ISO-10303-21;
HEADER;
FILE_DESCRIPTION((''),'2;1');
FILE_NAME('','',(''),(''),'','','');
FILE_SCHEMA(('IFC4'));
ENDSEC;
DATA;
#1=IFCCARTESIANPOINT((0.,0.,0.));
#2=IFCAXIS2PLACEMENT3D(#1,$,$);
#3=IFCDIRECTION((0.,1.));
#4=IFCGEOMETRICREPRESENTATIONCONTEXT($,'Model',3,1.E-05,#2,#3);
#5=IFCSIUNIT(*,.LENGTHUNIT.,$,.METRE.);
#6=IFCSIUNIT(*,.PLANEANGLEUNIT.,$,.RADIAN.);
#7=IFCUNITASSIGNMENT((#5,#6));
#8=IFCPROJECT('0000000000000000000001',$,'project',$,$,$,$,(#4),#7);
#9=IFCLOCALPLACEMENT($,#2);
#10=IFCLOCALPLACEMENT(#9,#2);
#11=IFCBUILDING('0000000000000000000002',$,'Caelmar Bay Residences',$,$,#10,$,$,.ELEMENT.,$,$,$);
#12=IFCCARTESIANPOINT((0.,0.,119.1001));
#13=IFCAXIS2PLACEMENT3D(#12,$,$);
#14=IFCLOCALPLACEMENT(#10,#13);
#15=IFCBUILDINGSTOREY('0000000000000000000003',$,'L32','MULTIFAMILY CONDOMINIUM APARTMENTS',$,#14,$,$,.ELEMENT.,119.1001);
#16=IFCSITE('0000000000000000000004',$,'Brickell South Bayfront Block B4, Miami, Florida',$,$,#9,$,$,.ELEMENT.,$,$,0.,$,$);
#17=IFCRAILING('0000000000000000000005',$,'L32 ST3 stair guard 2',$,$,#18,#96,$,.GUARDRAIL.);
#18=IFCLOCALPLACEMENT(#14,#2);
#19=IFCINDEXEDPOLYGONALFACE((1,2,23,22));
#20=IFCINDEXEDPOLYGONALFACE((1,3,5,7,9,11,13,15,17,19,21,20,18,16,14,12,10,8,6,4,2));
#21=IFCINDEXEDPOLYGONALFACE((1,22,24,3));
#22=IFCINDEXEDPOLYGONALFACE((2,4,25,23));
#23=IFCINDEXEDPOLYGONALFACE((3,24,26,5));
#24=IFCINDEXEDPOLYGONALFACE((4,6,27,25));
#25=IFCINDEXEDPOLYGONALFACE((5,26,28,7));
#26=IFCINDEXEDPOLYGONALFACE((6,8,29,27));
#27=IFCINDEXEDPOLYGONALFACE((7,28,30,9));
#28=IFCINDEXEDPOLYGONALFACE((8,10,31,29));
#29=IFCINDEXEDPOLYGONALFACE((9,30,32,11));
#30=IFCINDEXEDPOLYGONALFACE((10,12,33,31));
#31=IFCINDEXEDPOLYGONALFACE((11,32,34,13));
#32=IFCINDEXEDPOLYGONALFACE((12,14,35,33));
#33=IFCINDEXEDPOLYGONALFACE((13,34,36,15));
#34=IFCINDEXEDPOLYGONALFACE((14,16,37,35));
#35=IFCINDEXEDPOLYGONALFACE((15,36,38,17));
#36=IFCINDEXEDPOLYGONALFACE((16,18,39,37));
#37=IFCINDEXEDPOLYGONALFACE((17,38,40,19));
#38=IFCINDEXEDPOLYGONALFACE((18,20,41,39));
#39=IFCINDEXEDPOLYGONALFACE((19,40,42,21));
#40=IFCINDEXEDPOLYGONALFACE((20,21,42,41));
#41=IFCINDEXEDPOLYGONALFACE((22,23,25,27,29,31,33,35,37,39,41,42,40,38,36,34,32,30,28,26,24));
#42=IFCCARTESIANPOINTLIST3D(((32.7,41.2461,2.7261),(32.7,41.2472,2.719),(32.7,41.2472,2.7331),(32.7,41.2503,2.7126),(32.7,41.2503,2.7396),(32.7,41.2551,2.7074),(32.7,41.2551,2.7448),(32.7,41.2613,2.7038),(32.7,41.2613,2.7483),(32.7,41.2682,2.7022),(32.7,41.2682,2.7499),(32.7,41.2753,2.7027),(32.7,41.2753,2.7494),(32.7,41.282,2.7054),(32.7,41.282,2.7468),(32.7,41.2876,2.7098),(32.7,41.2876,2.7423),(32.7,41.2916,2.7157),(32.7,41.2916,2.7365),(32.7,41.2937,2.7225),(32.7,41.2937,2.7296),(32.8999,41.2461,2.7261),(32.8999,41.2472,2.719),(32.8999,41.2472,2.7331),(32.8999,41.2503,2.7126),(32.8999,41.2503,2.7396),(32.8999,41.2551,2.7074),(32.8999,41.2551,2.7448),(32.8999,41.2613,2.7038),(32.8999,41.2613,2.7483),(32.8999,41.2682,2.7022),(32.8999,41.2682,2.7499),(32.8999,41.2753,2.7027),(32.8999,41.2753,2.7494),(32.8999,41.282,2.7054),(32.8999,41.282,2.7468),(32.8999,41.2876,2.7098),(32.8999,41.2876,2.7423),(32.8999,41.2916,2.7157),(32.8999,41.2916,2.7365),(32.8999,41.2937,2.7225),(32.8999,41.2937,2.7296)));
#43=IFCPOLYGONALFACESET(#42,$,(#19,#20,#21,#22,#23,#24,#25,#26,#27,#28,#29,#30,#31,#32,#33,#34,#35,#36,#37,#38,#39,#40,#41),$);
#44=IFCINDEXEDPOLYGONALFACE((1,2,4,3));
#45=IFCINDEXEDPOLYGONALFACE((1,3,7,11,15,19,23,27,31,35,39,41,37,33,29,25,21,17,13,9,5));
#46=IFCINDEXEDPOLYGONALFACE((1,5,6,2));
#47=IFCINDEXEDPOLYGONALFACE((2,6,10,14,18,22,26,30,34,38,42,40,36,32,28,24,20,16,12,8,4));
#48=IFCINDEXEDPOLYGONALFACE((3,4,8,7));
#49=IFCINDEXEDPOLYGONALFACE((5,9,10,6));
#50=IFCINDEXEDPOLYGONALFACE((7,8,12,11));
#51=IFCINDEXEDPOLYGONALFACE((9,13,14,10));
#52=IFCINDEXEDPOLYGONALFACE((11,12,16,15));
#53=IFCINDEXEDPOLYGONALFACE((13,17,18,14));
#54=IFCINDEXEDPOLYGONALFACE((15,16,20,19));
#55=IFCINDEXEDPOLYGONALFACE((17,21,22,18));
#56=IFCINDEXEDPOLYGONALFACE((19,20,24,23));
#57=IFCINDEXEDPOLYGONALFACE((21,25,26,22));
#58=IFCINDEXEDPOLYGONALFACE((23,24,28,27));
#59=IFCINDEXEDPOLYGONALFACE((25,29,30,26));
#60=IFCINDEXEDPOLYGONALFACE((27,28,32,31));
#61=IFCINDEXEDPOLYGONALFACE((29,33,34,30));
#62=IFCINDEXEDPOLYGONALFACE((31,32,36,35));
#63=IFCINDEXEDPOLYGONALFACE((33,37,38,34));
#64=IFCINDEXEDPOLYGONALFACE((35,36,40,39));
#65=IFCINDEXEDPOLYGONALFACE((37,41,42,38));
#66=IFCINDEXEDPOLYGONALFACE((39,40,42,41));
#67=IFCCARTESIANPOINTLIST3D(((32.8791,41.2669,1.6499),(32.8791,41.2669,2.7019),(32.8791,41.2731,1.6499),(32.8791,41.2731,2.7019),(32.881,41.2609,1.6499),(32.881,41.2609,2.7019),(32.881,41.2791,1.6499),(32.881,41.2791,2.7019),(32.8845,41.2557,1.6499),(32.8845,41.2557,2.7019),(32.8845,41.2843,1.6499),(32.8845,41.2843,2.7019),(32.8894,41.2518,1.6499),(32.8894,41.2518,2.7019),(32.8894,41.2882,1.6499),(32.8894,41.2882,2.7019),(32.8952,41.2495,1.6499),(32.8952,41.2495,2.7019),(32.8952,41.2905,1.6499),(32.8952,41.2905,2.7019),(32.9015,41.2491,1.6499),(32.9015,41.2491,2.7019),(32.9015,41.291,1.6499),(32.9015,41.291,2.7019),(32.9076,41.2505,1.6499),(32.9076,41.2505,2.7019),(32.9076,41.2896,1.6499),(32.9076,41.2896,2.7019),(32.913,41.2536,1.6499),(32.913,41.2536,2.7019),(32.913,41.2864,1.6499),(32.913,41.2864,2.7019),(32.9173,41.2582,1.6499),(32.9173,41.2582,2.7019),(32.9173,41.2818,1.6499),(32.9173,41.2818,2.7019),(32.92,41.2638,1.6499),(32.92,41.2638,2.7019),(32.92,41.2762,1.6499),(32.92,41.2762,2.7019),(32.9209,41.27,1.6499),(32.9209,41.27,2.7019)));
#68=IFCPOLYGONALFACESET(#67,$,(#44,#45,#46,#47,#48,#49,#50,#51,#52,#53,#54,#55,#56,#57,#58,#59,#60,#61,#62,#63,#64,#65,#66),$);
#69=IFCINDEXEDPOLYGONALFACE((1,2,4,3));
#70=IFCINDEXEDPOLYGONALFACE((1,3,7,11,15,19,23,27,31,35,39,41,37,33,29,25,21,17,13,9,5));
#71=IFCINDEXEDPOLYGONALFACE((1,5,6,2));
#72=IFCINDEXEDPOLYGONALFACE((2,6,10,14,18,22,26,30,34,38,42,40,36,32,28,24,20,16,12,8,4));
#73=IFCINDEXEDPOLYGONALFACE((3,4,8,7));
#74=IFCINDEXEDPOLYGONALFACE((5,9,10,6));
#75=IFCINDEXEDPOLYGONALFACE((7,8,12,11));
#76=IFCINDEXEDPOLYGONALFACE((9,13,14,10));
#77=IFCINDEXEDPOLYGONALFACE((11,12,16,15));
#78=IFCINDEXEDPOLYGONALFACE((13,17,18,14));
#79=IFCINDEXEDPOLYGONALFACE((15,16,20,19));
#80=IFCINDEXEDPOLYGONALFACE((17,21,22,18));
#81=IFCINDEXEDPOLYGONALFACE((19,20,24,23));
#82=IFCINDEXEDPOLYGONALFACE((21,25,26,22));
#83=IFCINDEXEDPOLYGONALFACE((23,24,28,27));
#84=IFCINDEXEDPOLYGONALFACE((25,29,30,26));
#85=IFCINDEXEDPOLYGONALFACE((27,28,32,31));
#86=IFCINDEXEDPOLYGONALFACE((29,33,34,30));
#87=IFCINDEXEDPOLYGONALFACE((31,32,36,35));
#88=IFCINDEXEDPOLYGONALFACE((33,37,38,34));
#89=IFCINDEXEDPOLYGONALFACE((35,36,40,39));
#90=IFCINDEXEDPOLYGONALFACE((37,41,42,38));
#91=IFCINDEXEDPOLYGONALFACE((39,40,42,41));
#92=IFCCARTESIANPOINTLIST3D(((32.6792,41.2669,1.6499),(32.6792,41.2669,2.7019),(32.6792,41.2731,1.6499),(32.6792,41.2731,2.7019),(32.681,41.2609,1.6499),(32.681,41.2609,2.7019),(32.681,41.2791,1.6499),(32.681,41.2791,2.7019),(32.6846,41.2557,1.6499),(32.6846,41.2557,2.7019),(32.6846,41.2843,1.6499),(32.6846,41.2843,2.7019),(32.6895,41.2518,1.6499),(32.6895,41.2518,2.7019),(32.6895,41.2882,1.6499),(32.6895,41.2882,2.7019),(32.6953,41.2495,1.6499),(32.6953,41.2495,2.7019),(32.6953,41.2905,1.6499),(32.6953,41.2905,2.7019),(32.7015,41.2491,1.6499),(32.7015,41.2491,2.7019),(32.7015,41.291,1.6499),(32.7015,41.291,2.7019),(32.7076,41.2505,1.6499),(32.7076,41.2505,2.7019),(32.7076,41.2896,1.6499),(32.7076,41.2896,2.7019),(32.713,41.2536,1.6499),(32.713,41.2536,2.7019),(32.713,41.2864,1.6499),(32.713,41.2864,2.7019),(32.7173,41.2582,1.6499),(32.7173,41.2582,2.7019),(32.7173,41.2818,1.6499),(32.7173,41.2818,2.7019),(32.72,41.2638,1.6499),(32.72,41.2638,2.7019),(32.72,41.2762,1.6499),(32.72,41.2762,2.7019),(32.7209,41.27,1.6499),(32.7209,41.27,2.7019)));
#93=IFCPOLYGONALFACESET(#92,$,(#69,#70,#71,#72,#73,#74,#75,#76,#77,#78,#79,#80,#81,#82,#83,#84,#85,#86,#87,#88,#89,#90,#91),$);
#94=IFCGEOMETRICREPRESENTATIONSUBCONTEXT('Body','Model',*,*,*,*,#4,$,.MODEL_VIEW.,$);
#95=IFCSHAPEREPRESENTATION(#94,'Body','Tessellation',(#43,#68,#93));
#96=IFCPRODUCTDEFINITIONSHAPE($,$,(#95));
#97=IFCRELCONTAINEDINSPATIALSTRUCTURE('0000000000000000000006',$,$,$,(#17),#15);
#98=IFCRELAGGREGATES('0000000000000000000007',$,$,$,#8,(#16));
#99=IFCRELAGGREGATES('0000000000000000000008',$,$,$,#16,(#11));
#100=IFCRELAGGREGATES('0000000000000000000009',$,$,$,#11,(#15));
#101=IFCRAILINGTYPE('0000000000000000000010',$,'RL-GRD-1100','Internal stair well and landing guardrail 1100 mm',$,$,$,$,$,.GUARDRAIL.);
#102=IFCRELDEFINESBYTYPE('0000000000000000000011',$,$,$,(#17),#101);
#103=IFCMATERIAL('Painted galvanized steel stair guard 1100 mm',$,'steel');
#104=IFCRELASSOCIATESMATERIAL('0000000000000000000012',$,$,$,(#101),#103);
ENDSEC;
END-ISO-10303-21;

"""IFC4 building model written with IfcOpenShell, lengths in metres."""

from ifc_helpers import new_model, si_unit, direction, frame, origin, origin_2d, place, context, subcontext, project, spatial, circle, extrude, material, type_object, element, save


model = new_model("IFC4")

# Units and contexts
model_context = context("Model", 3, precision=1e-05, world=origin(), true_north=direction((0.0, 1.0)))
body_context = subcontext(model_context, "Body", "Model", "MODEL_VIEW")
ifc_project = project(units=[si_unit("LENGTHUNIT", "METRE"), si_unit("PLANEANGLEUNIT", "RADIAN")], contexts=[model_context])

# Site, building, storey
site_placement = place(None, origin())
site = spatial("IfcSite", under=ifc_project, at=site_placement, Name="Brickell South Bayfront Block B4, Miami, Florida", CompositionType="ELEMENT", RefElevation=0.0)
building_placement = place(site_placement, origin())
building = spatial("IfcBuilding", under=site, at=building_placement, Name="Caelmar Bay Residences", CompositionType="ELEMENT")
storey_placement = place(building_placement, frame((0.0, 0.0, 119.1001)))
storey = spatial("IfcBuildingStorey", under=building, at=storey_placement, Name="L32", Description="MULTIFAMILY CONDOMINIUM APARTMENTS", CompositionType="ELEMENT", Elevation=119.1001)

# Railing
ifc_material_1 = material(Name="Painted galvanized steel stair guard 1100 mm", Category="steel")
railing_type_1 = type_object("IfcRailingType", Name="RL-GRD-1100", Description="Internal stair well and landing guardrail 1100 mm", PredefinedType="GUARDRAIL", material=ifc_material_1)
railing_1_placement = place(storey_placement, frame((32.8999, 41.27, 1.6499)))
element("IfcRailing", 1, at=railing_1_placement, inside=storey, type_object=railing_type_1, Name="L32 ST3 stair guard 2", PredefinedType="GUARDRAIL", context=body_context, shape_type="SweptSolid", body=[
    extrude(circle(Radius=0.0239, at=origin_2d()), frame((0.0, 0.0, 1.0762), z_axis=(-1.0, 0.0, 0.0), x_axis=(0.0, -1.0, 0.0)), (0.0, 0.0, 1.0), 0.2),
    extrude(circle(Radius=0.021, at=origin_2d()), origin(), (0.0, 0.0, 1.0), 1.052),
    extrude(circle(Radius=0.021, at=origin_2d()), frame((-0.2, 0.0, 0.0)), (0.0, 0.0, 1.0), 1.052),
])

save(model, "model.ifc")
